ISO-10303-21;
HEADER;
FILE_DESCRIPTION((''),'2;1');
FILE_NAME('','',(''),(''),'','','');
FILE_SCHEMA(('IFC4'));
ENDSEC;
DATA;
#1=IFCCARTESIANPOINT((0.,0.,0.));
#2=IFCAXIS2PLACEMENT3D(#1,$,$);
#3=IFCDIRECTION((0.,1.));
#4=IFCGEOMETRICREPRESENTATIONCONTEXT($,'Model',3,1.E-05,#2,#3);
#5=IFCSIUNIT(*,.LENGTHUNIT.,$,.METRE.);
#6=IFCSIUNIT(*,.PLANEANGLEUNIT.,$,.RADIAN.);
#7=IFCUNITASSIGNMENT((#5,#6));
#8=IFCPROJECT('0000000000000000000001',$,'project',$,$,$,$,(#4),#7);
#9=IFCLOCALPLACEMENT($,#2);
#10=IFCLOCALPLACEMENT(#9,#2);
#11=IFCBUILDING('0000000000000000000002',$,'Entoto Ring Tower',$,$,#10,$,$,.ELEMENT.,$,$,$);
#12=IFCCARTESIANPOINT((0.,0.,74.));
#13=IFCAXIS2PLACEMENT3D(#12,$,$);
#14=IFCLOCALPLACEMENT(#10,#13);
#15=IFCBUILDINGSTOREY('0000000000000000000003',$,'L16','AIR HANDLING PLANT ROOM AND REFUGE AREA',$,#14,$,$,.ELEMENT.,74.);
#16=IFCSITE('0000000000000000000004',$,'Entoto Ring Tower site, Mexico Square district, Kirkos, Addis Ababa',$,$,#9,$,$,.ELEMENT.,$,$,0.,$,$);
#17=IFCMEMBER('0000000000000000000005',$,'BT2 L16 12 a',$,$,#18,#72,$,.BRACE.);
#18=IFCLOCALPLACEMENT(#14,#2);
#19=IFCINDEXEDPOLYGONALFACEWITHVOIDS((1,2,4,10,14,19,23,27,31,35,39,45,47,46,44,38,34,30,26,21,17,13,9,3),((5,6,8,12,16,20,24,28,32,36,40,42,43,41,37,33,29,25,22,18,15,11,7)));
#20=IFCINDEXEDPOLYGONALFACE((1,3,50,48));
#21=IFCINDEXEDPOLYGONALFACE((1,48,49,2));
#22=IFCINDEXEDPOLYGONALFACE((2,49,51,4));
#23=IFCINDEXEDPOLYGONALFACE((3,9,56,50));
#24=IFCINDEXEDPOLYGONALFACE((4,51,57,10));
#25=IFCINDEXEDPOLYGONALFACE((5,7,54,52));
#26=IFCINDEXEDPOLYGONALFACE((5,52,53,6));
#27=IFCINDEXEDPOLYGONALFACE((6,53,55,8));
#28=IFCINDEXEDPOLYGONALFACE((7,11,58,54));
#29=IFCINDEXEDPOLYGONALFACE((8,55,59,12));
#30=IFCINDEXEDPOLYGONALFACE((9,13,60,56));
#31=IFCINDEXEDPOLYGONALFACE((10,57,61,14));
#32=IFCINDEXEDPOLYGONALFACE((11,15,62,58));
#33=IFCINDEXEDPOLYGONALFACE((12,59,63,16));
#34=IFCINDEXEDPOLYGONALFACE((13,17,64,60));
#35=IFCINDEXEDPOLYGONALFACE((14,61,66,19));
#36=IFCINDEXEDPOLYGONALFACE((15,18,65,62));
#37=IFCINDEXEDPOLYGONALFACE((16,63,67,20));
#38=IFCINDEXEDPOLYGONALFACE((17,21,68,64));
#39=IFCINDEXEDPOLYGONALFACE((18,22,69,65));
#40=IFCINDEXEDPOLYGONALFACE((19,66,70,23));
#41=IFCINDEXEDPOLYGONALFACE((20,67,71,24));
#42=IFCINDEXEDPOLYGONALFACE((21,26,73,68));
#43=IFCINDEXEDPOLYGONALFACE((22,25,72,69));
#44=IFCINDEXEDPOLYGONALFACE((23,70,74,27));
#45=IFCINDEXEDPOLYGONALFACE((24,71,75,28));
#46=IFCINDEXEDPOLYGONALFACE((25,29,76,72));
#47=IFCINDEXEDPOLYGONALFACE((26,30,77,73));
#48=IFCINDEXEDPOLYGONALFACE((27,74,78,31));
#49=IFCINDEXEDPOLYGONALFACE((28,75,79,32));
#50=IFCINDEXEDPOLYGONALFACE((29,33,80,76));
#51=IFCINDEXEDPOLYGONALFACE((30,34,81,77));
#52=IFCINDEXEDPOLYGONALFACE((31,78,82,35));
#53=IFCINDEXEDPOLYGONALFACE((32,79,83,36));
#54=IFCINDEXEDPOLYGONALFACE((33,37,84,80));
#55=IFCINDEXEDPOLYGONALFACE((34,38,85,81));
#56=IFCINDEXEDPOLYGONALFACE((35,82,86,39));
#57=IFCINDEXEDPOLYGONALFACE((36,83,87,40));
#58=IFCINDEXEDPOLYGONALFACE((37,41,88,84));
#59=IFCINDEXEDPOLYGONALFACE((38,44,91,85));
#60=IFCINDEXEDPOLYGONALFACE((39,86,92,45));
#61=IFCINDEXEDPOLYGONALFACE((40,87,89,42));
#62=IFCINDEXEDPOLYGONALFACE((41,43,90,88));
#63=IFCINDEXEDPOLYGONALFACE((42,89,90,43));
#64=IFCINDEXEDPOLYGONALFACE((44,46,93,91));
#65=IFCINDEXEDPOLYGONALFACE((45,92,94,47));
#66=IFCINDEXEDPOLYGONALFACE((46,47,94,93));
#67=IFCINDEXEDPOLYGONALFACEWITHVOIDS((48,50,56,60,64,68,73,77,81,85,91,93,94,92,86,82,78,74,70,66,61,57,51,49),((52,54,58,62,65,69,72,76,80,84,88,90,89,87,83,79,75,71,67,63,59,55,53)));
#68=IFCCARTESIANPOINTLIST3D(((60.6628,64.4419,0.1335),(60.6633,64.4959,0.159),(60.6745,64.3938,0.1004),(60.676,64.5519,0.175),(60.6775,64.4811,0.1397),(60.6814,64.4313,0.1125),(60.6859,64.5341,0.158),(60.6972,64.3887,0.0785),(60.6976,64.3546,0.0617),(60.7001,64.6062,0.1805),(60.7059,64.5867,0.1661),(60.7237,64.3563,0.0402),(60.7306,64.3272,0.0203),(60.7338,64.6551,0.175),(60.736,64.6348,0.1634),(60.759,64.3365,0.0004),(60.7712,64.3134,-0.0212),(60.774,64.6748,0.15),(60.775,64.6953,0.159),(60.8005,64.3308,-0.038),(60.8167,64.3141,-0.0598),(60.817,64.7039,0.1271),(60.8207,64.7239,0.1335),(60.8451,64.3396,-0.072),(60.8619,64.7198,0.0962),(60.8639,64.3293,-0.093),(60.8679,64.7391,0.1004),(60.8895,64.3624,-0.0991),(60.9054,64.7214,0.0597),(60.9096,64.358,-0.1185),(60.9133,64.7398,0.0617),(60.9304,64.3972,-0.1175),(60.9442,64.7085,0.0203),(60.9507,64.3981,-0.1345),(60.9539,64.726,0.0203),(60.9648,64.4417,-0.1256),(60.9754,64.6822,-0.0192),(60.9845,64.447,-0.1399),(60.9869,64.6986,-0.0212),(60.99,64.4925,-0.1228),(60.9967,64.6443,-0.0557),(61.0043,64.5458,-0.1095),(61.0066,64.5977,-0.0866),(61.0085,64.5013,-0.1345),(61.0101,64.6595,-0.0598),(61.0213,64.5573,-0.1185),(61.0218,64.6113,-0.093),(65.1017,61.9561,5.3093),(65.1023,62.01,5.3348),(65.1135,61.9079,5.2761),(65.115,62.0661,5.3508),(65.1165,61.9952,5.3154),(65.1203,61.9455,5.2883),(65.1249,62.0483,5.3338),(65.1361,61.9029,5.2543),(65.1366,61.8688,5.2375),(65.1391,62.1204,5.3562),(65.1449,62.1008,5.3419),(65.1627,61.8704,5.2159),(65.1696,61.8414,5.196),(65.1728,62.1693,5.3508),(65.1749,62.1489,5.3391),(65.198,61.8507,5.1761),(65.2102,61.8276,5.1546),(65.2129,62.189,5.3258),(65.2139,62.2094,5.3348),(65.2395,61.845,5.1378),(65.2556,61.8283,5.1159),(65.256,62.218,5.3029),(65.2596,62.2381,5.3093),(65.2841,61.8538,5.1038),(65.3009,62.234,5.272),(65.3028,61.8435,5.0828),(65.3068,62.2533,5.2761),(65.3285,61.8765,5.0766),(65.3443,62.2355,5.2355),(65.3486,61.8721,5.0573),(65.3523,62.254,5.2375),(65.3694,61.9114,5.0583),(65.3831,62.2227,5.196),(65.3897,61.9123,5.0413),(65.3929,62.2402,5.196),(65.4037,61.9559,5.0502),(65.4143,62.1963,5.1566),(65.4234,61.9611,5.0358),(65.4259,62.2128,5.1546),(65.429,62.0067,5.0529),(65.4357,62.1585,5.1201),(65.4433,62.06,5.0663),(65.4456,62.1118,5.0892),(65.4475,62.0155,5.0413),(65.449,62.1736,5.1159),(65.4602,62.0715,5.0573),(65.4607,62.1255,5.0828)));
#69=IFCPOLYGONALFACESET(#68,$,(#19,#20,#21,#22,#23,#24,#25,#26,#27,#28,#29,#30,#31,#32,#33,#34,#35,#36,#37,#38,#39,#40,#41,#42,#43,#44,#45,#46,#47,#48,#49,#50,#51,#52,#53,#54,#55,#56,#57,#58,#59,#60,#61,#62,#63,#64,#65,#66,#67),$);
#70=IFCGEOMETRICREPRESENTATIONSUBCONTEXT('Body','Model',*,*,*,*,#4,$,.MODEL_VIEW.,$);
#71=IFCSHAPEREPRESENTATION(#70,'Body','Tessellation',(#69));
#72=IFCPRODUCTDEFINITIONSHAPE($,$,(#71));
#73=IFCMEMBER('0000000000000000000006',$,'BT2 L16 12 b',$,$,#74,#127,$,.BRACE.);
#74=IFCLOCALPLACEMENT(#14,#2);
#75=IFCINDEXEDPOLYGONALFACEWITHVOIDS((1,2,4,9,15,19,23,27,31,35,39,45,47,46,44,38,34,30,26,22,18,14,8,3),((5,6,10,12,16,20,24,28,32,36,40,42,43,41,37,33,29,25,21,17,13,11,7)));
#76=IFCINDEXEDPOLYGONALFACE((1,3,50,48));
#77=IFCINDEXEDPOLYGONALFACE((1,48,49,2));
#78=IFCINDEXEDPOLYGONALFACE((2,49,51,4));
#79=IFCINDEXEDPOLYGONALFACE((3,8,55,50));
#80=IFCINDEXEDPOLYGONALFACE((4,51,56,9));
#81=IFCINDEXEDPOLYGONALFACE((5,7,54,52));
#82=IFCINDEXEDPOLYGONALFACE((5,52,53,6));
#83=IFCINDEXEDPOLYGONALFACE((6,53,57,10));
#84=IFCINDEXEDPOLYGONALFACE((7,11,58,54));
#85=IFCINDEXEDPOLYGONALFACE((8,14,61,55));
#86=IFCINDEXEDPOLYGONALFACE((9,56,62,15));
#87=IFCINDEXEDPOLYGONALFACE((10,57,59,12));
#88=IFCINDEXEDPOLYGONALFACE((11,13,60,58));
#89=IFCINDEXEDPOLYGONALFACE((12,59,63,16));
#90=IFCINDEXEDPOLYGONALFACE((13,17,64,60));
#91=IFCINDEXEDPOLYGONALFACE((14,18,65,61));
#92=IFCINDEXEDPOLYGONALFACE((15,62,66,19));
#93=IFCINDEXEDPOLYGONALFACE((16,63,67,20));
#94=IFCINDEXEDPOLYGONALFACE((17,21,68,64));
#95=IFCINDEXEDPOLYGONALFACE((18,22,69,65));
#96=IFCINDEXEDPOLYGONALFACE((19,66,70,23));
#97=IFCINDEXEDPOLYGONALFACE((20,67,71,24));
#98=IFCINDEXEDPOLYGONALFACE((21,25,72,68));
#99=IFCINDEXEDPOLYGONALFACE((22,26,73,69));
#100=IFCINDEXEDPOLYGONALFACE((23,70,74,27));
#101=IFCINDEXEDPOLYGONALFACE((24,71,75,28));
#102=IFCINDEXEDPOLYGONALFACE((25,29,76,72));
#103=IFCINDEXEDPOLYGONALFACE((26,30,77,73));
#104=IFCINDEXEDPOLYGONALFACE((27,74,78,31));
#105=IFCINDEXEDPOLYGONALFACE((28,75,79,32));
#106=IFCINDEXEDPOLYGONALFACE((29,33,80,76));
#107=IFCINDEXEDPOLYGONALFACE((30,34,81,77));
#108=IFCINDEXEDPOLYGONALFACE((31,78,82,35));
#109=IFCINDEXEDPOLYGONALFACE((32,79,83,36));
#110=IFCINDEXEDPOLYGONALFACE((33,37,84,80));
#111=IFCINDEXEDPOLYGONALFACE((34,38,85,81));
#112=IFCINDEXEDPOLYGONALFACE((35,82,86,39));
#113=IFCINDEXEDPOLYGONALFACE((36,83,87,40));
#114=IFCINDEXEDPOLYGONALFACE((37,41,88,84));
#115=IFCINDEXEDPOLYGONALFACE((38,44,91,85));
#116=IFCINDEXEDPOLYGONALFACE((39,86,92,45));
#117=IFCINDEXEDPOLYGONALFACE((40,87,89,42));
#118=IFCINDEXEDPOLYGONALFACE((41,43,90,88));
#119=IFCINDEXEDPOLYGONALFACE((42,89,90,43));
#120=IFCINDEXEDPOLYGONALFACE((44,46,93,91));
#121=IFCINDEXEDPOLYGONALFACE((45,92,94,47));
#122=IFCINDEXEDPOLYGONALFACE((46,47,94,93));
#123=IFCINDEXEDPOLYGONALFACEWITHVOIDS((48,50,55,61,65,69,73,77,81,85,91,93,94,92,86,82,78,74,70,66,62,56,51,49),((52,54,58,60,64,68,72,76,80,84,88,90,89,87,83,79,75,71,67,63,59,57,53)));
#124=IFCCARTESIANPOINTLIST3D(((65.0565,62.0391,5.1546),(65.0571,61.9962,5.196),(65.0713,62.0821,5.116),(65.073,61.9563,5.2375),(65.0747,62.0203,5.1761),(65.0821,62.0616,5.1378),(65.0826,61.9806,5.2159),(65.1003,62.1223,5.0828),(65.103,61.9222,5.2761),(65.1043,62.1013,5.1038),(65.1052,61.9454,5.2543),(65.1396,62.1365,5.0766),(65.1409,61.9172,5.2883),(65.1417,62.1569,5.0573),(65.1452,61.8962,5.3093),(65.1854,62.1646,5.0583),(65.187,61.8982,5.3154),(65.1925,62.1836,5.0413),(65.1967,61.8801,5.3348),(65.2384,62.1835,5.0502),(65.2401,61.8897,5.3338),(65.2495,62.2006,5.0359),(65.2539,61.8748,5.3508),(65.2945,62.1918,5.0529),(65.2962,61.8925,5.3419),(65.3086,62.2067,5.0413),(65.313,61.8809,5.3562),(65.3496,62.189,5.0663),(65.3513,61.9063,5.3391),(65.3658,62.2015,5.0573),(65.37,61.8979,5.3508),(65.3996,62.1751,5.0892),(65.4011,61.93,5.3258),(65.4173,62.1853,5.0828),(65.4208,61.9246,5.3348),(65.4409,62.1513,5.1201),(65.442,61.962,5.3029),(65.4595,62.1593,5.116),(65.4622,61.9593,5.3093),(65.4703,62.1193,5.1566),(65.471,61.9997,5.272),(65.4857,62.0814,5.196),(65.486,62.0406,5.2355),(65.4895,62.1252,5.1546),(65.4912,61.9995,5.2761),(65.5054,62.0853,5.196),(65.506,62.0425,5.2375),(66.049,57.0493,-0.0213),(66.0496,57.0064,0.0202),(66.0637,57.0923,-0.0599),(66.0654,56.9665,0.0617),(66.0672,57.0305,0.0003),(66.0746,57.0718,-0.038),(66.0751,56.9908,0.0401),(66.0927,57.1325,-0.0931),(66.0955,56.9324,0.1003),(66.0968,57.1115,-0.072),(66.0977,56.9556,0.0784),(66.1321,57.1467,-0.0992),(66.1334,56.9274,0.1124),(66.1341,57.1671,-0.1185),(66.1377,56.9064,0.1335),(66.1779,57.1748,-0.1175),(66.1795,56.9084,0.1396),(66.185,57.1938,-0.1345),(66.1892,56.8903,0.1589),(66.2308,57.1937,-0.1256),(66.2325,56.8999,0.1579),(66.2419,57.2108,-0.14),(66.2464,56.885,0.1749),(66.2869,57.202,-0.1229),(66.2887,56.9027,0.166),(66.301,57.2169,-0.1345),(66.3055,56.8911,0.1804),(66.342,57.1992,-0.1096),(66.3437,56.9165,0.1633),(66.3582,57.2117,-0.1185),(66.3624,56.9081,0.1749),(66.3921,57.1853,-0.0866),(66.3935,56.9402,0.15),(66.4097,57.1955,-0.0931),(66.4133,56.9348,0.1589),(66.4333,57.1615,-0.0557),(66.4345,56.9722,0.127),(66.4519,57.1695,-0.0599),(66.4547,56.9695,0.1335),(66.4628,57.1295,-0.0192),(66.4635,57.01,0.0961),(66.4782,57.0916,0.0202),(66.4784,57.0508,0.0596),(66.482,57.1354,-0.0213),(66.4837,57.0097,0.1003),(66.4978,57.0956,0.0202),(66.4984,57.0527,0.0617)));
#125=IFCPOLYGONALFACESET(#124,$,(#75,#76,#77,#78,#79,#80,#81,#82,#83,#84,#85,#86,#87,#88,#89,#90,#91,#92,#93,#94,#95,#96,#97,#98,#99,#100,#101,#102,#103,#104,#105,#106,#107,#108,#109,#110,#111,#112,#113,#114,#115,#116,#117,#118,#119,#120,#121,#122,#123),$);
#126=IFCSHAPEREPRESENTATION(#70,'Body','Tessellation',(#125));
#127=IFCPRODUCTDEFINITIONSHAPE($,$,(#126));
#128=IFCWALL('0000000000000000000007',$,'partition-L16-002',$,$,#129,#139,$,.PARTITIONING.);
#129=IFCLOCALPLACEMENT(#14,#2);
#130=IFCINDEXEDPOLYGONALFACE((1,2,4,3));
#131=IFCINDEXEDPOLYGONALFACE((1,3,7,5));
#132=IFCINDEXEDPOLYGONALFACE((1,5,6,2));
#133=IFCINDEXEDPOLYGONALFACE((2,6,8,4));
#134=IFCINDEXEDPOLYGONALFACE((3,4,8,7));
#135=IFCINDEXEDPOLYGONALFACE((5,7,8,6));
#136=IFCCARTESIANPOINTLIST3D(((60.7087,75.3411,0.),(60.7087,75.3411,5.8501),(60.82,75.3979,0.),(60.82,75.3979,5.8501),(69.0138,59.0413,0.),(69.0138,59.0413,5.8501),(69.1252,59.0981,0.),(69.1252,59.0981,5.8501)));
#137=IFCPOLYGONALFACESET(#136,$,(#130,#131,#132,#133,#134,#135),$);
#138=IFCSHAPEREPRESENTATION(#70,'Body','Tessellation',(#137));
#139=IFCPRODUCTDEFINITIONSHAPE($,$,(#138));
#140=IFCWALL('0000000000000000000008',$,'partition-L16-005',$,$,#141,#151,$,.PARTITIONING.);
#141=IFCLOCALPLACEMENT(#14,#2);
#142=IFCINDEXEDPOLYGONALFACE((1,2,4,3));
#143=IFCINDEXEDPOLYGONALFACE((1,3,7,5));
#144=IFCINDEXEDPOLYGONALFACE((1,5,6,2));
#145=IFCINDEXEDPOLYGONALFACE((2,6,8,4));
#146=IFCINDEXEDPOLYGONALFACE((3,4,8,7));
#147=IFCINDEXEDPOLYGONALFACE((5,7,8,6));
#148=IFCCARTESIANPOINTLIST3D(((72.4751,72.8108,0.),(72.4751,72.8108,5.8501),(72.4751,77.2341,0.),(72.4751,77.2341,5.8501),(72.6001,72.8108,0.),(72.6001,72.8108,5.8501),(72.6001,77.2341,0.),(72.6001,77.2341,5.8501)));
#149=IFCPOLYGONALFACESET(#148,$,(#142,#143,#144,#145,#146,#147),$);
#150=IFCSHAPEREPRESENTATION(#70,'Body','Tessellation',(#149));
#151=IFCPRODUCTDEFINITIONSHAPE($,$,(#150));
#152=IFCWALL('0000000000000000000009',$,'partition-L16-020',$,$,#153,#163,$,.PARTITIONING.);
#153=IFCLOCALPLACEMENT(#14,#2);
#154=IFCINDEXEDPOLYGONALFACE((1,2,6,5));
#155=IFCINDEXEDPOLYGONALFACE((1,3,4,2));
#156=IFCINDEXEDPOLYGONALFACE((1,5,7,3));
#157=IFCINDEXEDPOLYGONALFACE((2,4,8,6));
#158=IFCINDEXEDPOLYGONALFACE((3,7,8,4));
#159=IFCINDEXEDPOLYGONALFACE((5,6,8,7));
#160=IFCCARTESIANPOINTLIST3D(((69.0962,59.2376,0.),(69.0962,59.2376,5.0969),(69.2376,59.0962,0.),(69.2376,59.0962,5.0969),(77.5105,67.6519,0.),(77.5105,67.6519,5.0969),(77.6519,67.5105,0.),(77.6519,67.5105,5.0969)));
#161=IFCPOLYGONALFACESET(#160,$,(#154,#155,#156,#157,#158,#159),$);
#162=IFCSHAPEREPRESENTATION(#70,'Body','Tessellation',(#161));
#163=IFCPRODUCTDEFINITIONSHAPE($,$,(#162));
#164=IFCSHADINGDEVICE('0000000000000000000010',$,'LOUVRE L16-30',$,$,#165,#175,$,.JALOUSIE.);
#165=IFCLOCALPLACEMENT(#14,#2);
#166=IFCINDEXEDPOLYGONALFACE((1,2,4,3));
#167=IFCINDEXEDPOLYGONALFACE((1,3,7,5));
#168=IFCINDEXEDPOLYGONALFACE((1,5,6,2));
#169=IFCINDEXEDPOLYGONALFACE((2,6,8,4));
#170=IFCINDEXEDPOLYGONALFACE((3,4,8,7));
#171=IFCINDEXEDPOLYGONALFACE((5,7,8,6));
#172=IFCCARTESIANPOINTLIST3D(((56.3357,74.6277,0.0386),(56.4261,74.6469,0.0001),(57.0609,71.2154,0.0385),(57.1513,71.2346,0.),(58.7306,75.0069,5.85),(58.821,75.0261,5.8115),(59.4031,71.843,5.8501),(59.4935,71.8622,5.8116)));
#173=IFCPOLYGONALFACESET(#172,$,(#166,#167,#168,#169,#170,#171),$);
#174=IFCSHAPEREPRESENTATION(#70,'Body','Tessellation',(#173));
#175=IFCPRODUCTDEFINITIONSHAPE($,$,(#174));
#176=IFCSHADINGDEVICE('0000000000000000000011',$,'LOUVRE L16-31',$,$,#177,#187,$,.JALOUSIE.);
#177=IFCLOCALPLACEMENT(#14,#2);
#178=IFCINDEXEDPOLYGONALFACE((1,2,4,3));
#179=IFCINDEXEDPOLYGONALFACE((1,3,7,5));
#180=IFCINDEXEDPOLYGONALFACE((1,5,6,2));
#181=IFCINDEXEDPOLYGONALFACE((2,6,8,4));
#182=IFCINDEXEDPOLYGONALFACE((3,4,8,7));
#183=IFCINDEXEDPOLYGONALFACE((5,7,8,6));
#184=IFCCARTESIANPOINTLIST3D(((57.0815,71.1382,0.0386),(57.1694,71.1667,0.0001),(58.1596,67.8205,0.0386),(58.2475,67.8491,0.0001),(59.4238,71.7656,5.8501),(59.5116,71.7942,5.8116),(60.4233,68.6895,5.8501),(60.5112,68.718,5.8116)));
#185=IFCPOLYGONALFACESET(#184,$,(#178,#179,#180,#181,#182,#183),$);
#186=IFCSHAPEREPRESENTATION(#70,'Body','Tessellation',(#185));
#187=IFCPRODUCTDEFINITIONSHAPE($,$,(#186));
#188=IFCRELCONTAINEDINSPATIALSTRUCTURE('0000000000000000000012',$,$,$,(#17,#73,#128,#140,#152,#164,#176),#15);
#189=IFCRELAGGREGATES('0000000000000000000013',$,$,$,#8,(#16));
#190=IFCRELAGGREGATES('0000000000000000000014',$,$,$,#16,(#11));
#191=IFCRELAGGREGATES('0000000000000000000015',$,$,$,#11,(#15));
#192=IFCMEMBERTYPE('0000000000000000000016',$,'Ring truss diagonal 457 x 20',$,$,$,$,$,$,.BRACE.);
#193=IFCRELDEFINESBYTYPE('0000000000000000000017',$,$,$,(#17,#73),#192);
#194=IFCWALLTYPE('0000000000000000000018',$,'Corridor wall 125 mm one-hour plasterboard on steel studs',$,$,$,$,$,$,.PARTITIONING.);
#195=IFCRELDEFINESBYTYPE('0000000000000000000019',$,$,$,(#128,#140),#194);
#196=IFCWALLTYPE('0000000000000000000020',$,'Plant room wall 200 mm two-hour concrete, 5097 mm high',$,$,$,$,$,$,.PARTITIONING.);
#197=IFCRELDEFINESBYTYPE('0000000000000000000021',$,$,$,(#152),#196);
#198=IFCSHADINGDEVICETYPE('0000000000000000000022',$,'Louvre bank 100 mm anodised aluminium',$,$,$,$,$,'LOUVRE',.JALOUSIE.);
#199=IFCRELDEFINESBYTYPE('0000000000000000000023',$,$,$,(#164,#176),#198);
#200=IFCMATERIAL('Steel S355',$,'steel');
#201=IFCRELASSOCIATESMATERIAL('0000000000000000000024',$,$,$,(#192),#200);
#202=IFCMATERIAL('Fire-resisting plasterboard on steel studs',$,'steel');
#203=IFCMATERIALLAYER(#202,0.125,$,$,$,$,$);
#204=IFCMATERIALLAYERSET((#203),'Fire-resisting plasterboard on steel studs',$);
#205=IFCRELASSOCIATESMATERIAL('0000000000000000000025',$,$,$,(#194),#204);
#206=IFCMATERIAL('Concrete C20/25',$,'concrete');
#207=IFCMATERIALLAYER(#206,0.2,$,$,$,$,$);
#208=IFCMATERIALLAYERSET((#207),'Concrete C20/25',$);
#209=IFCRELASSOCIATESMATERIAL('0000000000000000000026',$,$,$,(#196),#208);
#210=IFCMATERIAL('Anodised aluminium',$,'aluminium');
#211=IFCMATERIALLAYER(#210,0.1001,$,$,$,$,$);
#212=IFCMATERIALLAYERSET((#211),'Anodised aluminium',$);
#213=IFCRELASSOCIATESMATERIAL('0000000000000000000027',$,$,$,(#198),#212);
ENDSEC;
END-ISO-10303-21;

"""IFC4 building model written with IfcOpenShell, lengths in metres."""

from ifc_helpers import new_model, si_unit, direction, frame, frame_2d, origin, origin_2d, place, context, subcontext, project, spatial, polyline, rectangle, circle, hollow_circle, outline, extrude, material, layer, layer_set, material_profile, profile_set, type_object, element, save


model = new_model("IFC4")

# Units and contexts
model_context = context("Model", 3, precision=1e-05, world=origin(), true_north=direction((0.0, 1.0)))
body_context = subcontext(model_context, "Body", "Model", "MODEL_VIEW")
ifc_project = project(units=[si_unit("LENGTHUNIT", "METRE"), si_unit("PLANEANGLEUNIT", "RADIAN")], contexts=[model_context])

# Site, building, storey
site_placement = place(None, origin())
site = spatial("IfcSite", under=ifc_project, at=site_placement, Name="Entoto Ring Tower site, Mexico Square district, Kirkos, Addis Ababa", CompositionType="ELEMENT", RefElevation=0.0)
building_placement = place(site_placement, origin())
building = spatial("IfcBuilding", under=site, at=building_placement, Name="Entoto Ring Tower", CompositionType="ELEMENT")
storey_placement = place(building_placement, frame((0.0, 0.0, 74.0)))
storey = spatial("IfcBuildingStorey", under=building, at=storey_placement, Name="L16", Description="AIR HANDLING PLANT ROOM AND REFUGE AREA", CompositionType="ELEMENT", Elevation=74.0)

# Members
ifc_material_1 = material(Name="Steel S355", Category="steel")
ifc_material_profile_1 = material_profile(ifc_material_1, hollow_circle(Radius=0.2285, WallThickness=0.02, at=origin_2d()), Name="CHS 457 x 20")
ifc_material_2 = material(Name="Concrete C60/75", Category="concrete")
ifc_material_profile_2 = material_profile(ifc_material_2, circle(Radius=0.2085, at=origin_2d()), Name="Concrete C60/75 infill")
ifc_profile_set_1 = profile_set([ifc_material_profile_1, ifc_material_profile_2], Name="Steel S355")
member_type_1 = type_object("IfcMemberType", Name="Ring truss diagonal 457 x 20", PredefinedType="BRACE", material=ifc_profile_set_1)
for number, where, z_axis, x_axis, name in (
    (1, (60.8423, 64.5266, 0.0203), (0.611631, -0.342516, 0.713155), (0.488606, 0.872504, 0.0), "BT2 L16 12 a"),
    (2, (65.2812, 62.0408, 5.196), (0.136746, -0.68753, -0.713164), (0.980789, 0.195073, 0.0), "BT2 L16 12 b"),
):
    element("IfcMember", number, at=place(storey_placement, frame(where, z_axis=z_axis, x_axis=x_axis)), inside=storey, type_object=member_type_1, Name=name, PredefinedType="BRACE", context=body_context, shape_type="SweptSolid", body=[
        extrude(hollow_circle(Radius=0.2285, WallThickness=0.02, at=origin_2d()), origin(), (0.0, 0.0, 1.0), 7.2576),
    ])

# Walls
ifc_material_3 = material(Name="Fire-resisting plasterboard on steel studs", Category="steel")
ifc_layer_1 = layer(ifc_material_3, 0.125)
ifc_layer_set_1 = layer_set([ifc_layer_1], Name="Fire-resisting plasterboard on steel studs")
wall_type_1 = type_object("IfcWallType", Name="Corridor wall 125 mm one-hour plasterboard on steel studs", PredefinedType="PARTITIONING", material=ifc_layer_set_1)
wall_1_placement = place(storey_placement, frame((69.0696, 59.0696, 0.0), z_axis=(0.0, 0.0, 1.0), x_axis=(-0.453991, 0.891006, 0.0)))
element("IfcWall", 3, at=wall_1_placement, inside=storey, type_object=wall_type_1, Name="partition-L16-002", PredefinedType="PARTITIONING", context=body_context, shape_type="SweptSolid", body=[
    extrude(rectangle(XDim=18.2937, YDim=0.125, at=frame_2d((9.147, 0.0))), origin(), (0.0, 0.0, 1.0), 5.8501),
])
wall_2_placement = place(storey_placement, frame((72.5376, 72.8108, 0.0), z_axis=(0.0, 0.0, 1.0), x_axis=(0.0, 1.0, 0.0)))
element("IfcWall", 4, at=wall_2_placement, inside=storey, type_object=wall_type_1, Name="partition-L16-005", PredefinedType="PARTITIONING", context=body_context, shape_type="SweptSolid", body=[
    extrude(rectangle(XDim=4.4233, YDim=0.125, at=frame_2d((2.2117, 0.0))), origin(), (0.0, 0.0, 1.0), 5.8501),
])
ifc_material_4 = material(Name="Concrete C20/25", Category="concrete")
ifc_layer_2 = layer(ifc_material_4, 0.2)
ifc_layer_set_2 = layer_set([ifc_layer_2], Name="Concrete C20/25")
wall_type_2 = type_object("IfcWallType", Name="Plant room wall 200 mm two-hour concrete, 5097 mm high", PredefinedType="PARTITIONING", material=ifc_layer_set_2)
wall_3_placement = place(storey_placement, frame((69.167, 59.167, 0.0), z_axis=(0.0, 0.0, 1.0), x_axis=(0.707107, 0.707107, 0.0)))
element("IfcWall", 5, at=wall_3_placement, inside=storey, type_object=wall_type_2, Name="partition-L16-020", PredefinedType="PARTITIONING", context=body_context, shape_type="SweptSolid", body=[
    extrude(rectangle(XDim=11.8997, YDim=0.2, at=frame_2d((5.9497, 0.0))), origin(), (0.0, 0.0, 1.0), 5.0969),
])

# Shading devices
ifc_material_5 = material(Name="Anodised aluminium", Category="aluminium")
ifc_layer_3 = layer(ifc_material_5, 0.1001)
ifc_layer_set_3 = layer_set([ifc_layer_3], Name="Anodised aluminium")
shading_device_type = type_object("IfcShadingDeviceType", Name="Louvre bank 100 mm anodised aluminium", ElementType="LOUVRE", PredefinedType="JALOUSIE", material=ifc_layer_set_3)
shading_device_1_placement = place(storey_placement, frame((56.3357, 74.6277, 0.0386), z_axis=(-0.90291, -0.191905, 0.384611), x_axis=(0.20789, -0.978152, -0.000017)))
element("IfcShadingDevice", 6, at=shading_device_1_placement, inside=storey, type_object=shading_device_type, Name="LOUVRE L16-30", PredefinedType="JALOUSIE", context=body_context, shape_type="SweptSolid", body=[
    extrude(outline(polyline([(0.0, 0.0), (3.4885, 0.0), (3.3614, 6.2959), (0.1269, 6.2957), (0.0, 0.0)])), origin(), (0.0, 0.0, -1.0), 0.1001),
])
shading_device_2_placement = place(storey_placement, frame((57.0815, 71.1382, 0.0386), z_axis=(-0.877892, -0.285267, 0.384614), x_axis=(0.309042, -0.951048, 0.000007)))
element("IfcShadingDevice", 7, at=shading_device_2_placement, inside=storey, type_object=shading_device_type, Name="LOUVRE L16-31", PredefinedType="JALOUSIE", context=body_context, shape_type="SweptSolid", body=[
    extrude(outline(polyline([(0.0, 0.0), (3.4884, 0.0), (3.3617, 6.2958), (0.1272, 6.2958), (0.0, 0.0)])), origin(), (0.0, 0.0, -1.0), 0.1001),
])

save(model, "model.ifc")
